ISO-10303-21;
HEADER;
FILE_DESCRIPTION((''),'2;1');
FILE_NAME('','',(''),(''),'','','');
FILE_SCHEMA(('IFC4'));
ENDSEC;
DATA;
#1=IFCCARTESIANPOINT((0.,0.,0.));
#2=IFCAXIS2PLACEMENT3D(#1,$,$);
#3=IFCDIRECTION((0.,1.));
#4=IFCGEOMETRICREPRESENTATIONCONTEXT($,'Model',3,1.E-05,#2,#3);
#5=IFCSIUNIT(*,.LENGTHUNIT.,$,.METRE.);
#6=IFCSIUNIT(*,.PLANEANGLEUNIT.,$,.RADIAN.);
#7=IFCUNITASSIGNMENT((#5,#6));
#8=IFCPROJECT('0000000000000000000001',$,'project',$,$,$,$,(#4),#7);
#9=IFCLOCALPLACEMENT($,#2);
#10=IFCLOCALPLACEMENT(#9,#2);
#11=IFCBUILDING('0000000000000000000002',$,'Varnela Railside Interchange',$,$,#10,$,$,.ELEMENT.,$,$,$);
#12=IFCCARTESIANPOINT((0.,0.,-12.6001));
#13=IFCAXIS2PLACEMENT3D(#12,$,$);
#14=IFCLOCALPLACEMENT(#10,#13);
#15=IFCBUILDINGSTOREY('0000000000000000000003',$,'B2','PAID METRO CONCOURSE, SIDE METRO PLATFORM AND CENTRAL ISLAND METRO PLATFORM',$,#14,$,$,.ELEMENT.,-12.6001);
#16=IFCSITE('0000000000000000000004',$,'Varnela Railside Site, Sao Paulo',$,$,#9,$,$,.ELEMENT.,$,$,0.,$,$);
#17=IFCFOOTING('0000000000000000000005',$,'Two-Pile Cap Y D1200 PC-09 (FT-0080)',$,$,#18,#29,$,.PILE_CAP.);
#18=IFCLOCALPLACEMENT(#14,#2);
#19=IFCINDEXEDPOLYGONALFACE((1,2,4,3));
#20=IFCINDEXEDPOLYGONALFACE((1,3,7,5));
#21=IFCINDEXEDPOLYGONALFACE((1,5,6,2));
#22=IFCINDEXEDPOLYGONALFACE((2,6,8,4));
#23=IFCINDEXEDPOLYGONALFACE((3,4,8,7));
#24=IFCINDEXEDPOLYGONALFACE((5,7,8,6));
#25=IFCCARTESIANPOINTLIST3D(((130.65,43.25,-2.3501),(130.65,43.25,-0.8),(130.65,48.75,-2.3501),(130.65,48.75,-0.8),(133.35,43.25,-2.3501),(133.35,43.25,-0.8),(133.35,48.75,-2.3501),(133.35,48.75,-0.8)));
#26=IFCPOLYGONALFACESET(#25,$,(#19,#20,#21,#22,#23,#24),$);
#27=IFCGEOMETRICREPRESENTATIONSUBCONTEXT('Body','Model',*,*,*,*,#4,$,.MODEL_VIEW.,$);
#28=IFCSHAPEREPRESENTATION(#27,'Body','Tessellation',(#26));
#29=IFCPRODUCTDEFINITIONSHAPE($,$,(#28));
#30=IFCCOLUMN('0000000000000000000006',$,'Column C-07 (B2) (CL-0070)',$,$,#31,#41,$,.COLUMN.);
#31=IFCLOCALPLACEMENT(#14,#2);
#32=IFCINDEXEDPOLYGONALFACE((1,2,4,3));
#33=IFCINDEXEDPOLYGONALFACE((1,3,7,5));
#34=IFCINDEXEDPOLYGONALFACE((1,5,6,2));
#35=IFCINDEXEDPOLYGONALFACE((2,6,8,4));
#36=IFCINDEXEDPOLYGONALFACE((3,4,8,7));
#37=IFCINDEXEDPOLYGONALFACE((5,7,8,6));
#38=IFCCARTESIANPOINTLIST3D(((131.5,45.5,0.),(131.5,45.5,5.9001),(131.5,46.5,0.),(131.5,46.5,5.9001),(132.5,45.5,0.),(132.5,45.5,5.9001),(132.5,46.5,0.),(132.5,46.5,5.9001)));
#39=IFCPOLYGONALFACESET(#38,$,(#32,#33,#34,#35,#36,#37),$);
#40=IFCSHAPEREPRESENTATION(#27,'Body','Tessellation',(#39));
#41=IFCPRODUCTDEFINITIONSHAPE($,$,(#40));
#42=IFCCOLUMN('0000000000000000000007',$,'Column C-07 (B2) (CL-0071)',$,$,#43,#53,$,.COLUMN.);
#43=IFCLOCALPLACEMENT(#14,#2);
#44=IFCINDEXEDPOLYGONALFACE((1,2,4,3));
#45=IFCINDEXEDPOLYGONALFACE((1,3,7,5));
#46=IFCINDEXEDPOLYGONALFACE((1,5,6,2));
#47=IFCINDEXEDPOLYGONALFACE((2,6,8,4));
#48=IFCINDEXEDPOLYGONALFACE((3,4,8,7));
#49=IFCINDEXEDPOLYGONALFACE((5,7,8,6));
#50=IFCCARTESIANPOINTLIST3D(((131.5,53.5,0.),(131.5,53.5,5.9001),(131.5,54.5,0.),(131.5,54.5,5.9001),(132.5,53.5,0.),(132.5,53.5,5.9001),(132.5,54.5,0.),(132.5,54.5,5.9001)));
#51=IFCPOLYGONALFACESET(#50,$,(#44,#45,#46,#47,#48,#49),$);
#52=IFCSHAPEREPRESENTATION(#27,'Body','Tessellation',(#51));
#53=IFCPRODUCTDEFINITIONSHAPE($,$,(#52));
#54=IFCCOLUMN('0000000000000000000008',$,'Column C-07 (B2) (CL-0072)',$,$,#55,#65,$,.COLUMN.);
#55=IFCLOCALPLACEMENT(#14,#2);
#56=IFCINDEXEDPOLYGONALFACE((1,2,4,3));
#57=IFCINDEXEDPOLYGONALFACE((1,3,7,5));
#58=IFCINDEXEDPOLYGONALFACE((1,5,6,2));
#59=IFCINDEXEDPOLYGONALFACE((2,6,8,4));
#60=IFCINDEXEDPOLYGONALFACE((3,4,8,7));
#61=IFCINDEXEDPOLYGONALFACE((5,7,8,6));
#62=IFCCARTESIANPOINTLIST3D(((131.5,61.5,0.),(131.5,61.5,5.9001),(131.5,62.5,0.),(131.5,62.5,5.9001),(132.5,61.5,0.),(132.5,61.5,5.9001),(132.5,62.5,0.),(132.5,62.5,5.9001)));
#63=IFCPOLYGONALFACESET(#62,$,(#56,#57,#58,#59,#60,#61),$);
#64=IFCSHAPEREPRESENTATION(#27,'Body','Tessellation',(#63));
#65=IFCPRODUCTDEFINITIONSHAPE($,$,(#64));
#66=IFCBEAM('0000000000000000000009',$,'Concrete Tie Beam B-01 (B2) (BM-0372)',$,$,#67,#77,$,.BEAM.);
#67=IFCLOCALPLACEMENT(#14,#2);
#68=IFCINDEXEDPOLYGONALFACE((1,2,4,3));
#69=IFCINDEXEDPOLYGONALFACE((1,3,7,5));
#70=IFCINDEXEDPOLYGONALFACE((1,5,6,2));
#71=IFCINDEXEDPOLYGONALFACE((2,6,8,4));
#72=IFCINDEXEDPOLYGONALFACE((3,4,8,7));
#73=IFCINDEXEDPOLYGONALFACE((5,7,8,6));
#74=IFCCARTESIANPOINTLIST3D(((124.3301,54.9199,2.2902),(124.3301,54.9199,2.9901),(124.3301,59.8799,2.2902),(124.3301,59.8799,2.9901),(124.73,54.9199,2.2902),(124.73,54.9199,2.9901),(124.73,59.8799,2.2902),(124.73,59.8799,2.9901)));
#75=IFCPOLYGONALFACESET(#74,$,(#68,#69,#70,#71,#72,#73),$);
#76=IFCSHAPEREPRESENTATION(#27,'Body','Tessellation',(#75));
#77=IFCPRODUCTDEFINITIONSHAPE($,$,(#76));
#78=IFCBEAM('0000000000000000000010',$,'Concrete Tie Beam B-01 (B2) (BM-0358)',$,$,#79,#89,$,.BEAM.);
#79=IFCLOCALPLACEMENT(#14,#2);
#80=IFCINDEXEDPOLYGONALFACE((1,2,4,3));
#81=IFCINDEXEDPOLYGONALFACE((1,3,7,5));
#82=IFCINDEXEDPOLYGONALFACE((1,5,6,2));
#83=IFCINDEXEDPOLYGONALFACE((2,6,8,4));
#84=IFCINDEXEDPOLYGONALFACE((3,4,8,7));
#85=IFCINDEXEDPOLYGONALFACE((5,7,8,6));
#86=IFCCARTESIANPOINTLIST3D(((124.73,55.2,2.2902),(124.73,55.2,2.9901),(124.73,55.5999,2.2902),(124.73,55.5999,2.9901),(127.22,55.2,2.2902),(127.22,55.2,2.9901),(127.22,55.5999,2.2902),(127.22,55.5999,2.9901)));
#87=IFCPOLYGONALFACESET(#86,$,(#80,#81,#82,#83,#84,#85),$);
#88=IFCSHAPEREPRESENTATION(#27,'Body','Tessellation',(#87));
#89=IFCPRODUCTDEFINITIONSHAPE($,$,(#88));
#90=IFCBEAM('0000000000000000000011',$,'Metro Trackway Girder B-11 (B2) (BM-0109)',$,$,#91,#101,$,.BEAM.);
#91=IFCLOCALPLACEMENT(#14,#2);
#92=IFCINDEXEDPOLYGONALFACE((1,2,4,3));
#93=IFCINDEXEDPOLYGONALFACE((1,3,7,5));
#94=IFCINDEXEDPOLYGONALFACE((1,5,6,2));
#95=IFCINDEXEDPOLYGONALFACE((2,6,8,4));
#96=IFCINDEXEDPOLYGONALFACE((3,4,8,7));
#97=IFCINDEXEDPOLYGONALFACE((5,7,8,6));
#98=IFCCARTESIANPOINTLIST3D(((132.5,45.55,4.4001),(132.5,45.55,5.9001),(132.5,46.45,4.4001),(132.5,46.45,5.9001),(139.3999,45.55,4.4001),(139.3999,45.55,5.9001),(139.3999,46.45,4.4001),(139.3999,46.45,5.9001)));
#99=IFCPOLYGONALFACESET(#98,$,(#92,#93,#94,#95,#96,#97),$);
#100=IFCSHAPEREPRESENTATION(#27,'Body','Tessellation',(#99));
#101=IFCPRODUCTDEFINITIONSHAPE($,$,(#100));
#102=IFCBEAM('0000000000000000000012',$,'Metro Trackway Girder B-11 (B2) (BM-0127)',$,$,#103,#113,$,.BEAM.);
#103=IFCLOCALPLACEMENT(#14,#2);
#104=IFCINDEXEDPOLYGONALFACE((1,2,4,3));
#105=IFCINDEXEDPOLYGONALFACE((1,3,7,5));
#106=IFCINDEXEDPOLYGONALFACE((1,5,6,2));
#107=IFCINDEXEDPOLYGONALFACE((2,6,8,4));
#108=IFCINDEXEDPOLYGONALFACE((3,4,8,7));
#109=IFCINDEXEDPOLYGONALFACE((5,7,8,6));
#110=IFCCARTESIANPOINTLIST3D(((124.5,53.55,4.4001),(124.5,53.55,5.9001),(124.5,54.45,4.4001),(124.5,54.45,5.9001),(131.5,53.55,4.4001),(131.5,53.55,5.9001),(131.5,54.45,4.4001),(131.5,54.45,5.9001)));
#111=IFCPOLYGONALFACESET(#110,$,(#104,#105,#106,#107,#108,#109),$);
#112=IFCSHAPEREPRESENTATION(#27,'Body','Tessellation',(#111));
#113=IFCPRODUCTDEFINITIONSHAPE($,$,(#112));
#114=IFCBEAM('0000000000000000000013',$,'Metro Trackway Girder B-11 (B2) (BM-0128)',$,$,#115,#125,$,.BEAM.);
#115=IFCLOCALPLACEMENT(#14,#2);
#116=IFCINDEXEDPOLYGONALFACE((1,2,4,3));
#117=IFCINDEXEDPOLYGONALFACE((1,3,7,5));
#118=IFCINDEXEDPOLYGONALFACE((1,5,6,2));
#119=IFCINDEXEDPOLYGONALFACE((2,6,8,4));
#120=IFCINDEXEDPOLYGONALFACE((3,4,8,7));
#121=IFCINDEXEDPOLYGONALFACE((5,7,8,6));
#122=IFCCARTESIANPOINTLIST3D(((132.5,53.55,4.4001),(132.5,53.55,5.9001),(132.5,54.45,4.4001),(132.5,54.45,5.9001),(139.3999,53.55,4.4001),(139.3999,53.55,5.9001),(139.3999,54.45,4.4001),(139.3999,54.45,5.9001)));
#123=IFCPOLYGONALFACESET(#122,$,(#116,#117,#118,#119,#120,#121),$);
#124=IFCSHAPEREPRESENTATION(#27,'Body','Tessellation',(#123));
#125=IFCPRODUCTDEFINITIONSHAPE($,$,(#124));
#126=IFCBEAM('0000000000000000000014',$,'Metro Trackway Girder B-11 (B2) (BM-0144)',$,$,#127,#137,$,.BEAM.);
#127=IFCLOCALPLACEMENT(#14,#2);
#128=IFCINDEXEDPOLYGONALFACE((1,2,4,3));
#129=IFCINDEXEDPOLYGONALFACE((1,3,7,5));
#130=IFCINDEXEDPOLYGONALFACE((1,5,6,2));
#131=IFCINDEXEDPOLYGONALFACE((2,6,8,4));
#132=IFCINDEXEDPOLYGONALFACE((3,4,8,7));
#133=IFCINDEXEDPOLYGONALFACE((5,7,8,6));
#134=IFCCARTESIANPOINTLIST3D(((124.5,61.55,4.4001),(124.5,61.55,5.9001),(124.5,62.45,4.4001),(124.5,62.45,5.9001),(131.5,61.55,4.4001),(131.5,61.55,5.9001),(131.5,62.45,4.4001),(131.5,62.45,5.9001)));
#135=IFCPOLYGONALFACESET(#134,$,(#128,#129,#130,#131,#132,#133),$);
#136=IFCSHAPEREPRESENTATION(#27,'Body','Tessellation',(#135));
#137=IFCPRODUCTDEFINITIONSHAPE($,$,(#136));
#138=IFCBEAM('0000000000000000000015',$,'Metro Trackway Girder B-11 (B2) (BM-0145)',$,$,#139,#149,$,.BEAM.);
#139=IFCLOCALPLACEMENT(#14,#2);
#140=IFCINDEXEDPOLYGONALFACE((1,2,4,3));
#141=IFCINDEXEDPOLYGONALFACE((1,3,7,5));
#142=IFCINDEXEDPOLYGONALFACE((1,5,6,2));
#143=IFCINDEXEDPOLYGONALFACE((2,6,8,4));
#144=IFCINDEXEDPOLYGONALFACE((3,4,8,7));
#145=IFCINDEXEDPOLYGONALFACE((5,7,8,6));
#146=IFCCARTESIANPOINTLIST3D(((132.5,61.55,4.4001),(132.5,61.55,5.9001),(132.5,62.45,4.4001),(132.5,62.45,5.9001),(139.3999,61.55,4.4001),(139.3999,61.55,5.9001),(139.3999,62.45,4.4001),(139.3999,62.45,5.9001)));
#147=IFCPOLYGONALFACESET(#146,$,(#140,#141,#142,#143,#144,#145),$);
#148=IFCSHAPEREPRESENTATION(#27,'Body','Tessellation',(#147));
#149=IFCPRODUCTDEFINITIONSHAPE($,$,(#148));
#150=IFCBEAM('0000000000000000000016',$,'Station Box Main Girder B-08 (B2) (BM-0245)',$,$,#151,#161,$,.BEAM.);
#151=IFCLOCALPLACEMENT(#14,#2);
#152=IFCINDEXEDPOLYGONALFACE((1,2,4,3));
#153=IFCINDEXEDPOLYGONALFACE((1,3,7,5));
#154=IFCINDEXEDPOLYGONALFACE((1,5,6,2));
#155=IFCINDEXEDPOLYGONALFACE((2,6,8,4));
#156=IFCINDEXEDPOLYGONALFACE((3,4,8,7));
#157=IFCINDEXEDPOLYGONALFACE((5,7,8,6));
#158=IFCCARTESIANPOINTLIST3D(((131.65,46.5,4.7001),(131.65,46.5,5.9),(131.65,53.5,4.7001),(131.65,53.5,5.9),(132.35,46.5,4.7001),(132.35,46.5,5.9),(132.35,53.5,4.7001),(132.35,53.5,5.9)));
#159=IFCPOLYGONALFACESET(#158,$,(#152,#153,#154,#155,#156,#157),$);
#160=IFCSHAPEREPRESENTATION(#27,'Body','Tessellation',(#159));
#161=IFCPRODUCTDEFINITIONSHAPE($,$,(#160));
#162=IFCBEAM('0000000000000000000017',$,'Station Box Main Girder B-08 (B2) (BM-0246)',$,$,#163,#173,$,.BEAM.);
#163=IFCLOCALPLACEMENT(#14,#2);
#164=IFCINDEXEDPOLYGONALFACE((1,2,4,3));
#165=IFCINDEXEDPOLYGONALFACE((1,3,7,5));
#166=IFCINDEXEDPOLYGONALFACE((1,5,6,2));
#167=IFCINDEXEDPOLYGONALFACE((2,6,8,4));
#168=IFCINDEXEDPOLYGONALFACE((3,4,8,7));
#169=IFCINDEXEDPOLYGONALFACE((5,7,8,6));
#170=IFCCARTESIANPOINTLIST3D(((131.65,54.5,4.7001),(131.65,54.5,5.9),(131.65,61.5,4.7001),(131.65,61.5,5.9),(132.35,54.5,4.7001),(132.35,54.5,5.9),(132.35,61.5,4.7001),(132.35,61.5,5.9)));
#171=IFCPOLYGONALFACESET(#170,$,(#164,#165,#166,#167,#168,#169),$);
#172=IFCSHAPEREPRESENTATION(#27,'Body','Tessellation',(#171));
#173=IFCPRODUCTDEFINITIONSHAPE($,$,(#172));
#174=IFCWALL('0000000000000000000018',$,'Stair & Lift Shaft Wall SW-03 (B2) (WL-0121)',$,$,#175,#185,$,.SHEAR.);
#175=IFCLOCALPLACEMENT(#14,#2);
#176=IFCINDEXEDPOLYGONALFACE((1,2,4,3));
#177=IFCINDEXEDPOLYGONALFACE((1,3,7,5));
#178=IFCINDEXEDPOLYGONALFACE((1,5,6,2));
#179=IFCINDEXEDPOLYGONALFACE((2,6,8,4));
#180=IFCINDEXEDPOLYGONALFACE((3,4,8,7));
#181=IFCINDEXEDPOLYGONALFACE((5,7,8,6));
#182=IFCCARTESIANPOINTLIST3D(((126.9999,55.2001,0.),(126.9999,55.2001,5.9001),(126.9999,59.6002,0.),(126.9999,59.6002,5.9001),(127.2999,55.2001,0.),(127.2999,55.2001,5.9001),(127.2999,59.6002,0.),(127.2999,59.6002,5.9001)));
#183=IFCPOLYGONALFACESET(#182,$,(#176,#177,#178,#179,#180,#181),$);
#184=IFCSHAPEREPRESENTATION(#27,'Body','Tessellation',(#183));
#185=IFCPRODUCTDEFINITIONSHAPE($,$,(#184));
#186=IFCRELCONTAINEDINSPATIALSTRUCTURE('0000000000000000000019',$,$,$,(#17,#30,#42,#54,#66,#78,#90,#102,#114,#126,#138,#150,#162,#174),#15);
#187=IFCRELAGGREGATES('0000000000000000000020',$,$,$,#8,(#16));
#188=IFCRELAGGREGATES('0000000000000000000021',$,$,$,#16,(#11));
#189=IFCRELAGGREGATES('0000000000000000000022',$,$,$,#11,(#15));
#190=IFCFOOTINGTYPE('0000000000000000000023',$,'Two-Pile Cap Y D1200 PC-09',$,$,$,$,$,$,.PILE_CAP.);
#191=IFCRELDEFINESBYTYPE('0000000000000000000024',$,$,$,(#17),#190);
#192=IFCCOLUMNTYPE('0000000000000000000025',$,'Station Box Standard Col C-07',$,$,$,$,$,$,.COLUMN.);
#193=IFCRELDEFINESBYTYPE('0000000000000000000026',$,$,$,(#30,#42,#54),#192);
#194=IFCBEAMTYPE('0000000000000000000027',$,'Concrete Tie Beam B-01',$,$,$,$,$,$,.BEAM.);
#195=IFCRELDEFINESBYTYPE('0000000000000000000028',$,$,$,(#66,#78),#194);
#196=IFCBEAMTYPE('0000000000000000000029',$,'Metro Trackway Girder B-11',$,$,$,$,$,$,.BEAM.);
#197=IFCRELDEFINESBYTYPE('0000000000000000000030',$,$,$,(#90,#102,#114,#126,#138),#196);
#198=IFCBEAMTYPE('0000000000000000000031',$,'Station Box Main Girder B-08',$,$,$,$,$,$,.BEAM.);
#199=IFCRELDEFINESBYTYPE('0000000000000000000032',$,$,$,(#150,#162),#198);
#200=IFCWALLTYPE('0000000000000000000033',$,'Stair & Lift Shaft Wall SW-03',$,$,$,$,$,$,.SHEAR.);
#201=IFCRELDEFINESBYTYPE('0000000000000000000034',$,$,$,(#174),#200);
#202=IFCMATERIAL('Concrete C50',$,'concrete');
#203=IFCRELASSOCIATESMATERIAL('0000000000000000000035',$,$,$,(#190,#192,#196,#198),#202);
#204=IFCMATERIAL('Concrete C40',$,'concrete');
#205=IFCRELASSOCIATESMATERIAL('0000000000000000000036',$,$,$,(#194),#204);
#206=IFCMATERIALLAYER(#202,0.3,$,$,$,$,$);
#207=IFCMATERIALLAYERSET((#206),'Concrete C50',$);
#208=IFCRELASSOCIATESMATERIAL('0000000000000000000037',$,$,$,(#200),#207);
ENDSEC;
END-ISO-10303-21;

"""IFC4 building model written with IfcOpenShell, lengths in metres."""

from ifc_helpers import new_model, si_unit, direction, frame, frame_2d, origin, origin_2d, place, context, subcontext, project, spatial, rectangle, extrude, material, layer, layer_set, material_profile, profile_set, type_object, element, save


model = new_model("IFC4")

# Units and contexts
model_context = context("Model", 3, precision=1e-05, world=origin(), true_north=direction((0.0, 1.0)))
body_context = subcontext(model_context, "Body", "Model", "MODEL_VIEW")
ifc_project = project(units=[si_unit("LENGTHUNIT", "METRE"), si_unit("PLANEANGLEUNIT", "RADIAN")], contexts=[model_context])

# Site, building, storey
site_placement = place(None, origin())
site = spatial("IfcSite", under=ifc_project, at=site_placement, Name="Varnela Railside Site, Sao Paulo", CompositionType="ELEMENT", RefElevation=0.0)
building_placement = place(site_placement, origin())
building = spatial("IfcBuilding", under=site, at=building_placement, Name="Varnela Railside Interchange", CompositionType="ELEMENT")
storey_placement = place(building_placement, frame((0.0, 0.0, -12.6001)))
storey = spatial("IfcBuildingStorey", under=building, at=storey_placement, Name="B2", Description="PAID METRO CONCOURSE, SIDE METRO PLATFORM AND CENTRAL ISLAND METRO PLATFORM", CompositionType="ELEMENT", Elevation=-12.6001)

# Shared definitions
ifc_material_1 = material(Name="Concrete C40", Category="concrete")

# Footing
ifc_material_2 = material(Name="Concrete C50", Category="concrete")
footing_type_1 = type_object("IfcFootingType", Name="Two-Pile Cap Y D1200 PC-09", PredefinedType="PILE_CAP", material=ifc_material_2)
footing_1_placement = place(storey_placement, frame((132.0, 46.0, -2.3501), z_axis=(0.0, 0.0, 1.0), x_axis=(1.0, 0.0, 0.0)))
element("IfcFooting", 1, at=footing_1_placement, inside=storey, type_object=footing_type_1, Name="Two-Pile Cap Y D1200 PC-09 (FT-0080)", PredefinedType="PILE_CAP", context=body_context, shape_type="SweptSolid", body=[
    extrude(rectangle(XDim=2.7, YDim=5.5, at=origin_2d()), origin(), (0.0, 0.0, 1.0), 1.55),
])

# Columns
ifc_material_profile_1 = material_profile(ifc_material_2, rectangle(XDim=1.0, YDim=1.0, at=origin_2d()), Name="RC 1000x1000")
ifc_profile_set_1 = profile_set([ifc_material_profile_1], Name="Concrete C50")
column_type = type_object("IfcColumnType", Name="Station Box Standard Col C-07", PredefinedType="COLUMN", material=ifc_profile_set_1)
for number, where, z_axis, x_axis, name in (
    (2, (132.0, 46.0, 0.0), (0.0, 0.0, 1.0), (1.0, 0.0, 0.0), "Column C-07 (B2) (CL-0070)"),
    (3, (132.0, 54.0, 0.0), (0.0, 0.0, 1.0), (1.0, 0.0, 0.0), "Column C-07 (B2) (CL-0071)"),
    (4, (132.0, 62.0, 0.0), (0.0, 0.0, 1.0), (1.0, 0.0, 0.0), "Column C-07 (B2) (CL-0072)"),
):
    element("IfcColumn", number, at=place(storey_placement, frame(where, z_axis=z_axis, x_axis=x_axis)), inside=storey, type_object=column_type, Name=name, PredefinedType="COLUMN", context=body_context, shape_type="SweptSolid", body=[
        extrude(rectangle(XDim=1.0, YDim=1.0, at=origin_2d()), origin(), (0.0, 0.0, 1.0), 5.9001),
    ])

# Beams
ifc_material_profile_2 = material_profile(ifc_material_1, rectangle(XDim=0.3999, YDim=0.7, at=origin_2d()), Name="RC 400x700")
ifc_profile_set_2 = profile_set([ifc_material_profile_2], Name="Concrete C40")
beam_type_1 = type_object("IfcBeamType", Name="Concrete Tie Beam B-01", PredefinedType="BEAM", material=ifc_profile_set_2)
beam_1_placement = place(storey_placement, frame((124.53, 54.9199, 2.6401), z_axis=(0.0, 1.0, 0.0), x_axis=(-1.0, 0.0, 0.0)))
element("IfcBeam", 5, at=beam_1_placement, inside=storey, type_object=beam_type_1, Name="Concrete Tie Beam B-01 (B2) (BM-0372)", PredefinedType="BEAM", context=body_context, shape_type="SweptSolid", body=[
    extrude(rectangle(XDim=0.3999, YDim=0.7, at=origin_2d()), origin(), (0.0, 0.0, 1.0), 4.96),
])
beam_2_placement = place(storey_placement, frame((124.73, 55.3999, 2.6401), z_axis=(1.0, 0.0, 0.0), x_axis=(0.0, 1.0, 0.0)))
element("IfcBeam", 6, at=beam_2_placement, inside=storey, type_object=beam_type_1, Name="Concrete Tie Beam B-01 (B2) (BM-0358)", PredefinedType="BEAM", context=body_context, shape_type="SweptSolid", body=[
    extrude(rectangle(XDim=0.3999, YDim=0.7, at=origin_2d()), origin(), (0.0, 0.0, 1.0), 2.49),
])
ifc_material_profile_3 = material_profile(ifc_material_2, rectangle(XDim=0.8999, YDim=1.5, at=origin_2d()), Name="RC 900x1500")
ifc_profile_set_3 = profile_set([ifc_material_profile_3], Name="Concrete C50")
beam_type_2 = type_object("IfcBeamType", Name="Metro Trackway Girder B-11", PredefinedType="BEAM", material=ifc_profile_set_3)
beam_3_placement = place(storey_placement, frame((132.5, 46.0, 5.1501), z_axis=(1.0, 0.0, 0.0), x_axis=(0.0, 1.0, 0.0)))
element("IfcBeam", 7, at=beam_3_placement, inside=storey, type_object=beam_type_2, Name="Metro Trackway Girder B-11 (B2) (BM-0109)", PredefinedType="BEAM", context=body_context, shape_type="SweptSolid", body=[
    extrude(rectangle(XDim=0.8999, YDim=1.5, at=origin_2d()), origin(), (0.0, 0.0, 1.0), 6.8999),
])
beam_4_placement = place(storey_placement, frame((124.5, 54.0, 5.1501), z_axis=(1.0, 0.0, 0.0), x_axis=(0.0, 1.0, 0.0)))
element("IfcBeam", 8, at=beam_4_placement, inside=storey, type_object=beam_type_2, Name="Metro Trackway Girder B-11 (B2) (BM-0127)", PredefinedType="BEAM", context=body_context, shape_type="SweptSolid", body=[
    extrude(rectangle(XDim=0.8999, YDim=1.5, at=origin_2d()), origin(), (0.0, 0.0, 1.0), 7.0),
])
beam_5_placement = place(storey_placement, frame((132.5, 54.0, 5.1501), z_axis=(1.0, 0.0, 0.0), x_axis=(0.0, 1.0, 0.0)))
element("IfcBeam", 9, at=beam_5_placement, inside=storey, type_object=beam_type_2, Name="Metro Trackway Girder B-11 (B2) (BM-0128)", PredefinedType="BEAM", context=body_context, shape_type="SweptSolid", body=[
    extrude(rectangle(XDim=0.8999, YDim=1.5, at=origin_2d()), origin(), (0.0, 0.0, 1.0), 6.8999),
])
beam_6_placement = place(storey_placement, frame((124.5, 62.0, 5.1501), z_axis=(1.0, 0.0, 0.0), x_axis=(0.0, 1.0, 0.0)))
element("IfcBeam", 10, at=beam_6_placement, inside=storey, type_object=beam_type_2, Name="Metro Trackway Girder B-11 (B2) (BM-0144)", PredefinedType="BEAM", context=body_context, shape_type="SweptSolid", body=[
    extrude(rectangle(XDim=0.8999, YDim=1.5, at=origin_2d()), origin(), (0.0, 0.0, 1.0), 7.0),
])
beam_7_placement = place(storey_placement, frame((132.5, 62.0, 5.1501), z_axis=(1.0, 0.0, 0.0), x_axis=(0.0, 1.0, 0.0)))
element("IfcBeam", 11, at=beam_7_placement, inside=storey, type_object=beam_type_2, Name="Metro Trackway Girder B-11 (B2) (BM-0145)", PredefinedType="BEAM", context=body_context, shape_type="SweptSolid", body=[
    extrude(rectangle(XDim=0.8999, YDim=1.5, at=origin_2d()), origin(), (0.0, 0.0, 1.0), 6.8999),
])
ifc_material_profile_4 = material_profile(ifc_material_2, rectangle(XDim=0.7, YDim=1.2, at=origin_2d()), Name="RC 700x1200")
ifc_profile_set_4 = profile_set([ifc_material_profile_4], Name="Concrete C50")
beam_type_3 = type_object("IfcBeamType", Name="Station Box Main Girder B-08", PredefinedType="BEAM", material=ifc_profile_set_4)
for number, where, z_axis, x_axis, name in (
    (12, (132.0, 46.5, 5.3), (0.0, 1.0, 0.0), (-1.0, 0.0, 0.0), "Station Box Main Girder B-08 (B2) (BM-0245)"),
    (13, (132.0, 54.5, 5.3), (0.0, 1.0, 0.0), (-1.0, 0.0, 0.0), "Station Box Main Girder B-08 (B2) (BM-0246)"),
):
    element("IfcBeam", number, at=place(storey_placement, frame(where, z_axis=z_axis, x_axis=x_axis)), inside=storey, type_object=beam_type_3, Name=name, PredefinedType="BEAM", context=body_context, shape_type="SweptSolid", body=[
        extrude(rectangle(XDim=0.7, YDim=1.2, at=origin_2d()), origin(), (0.0, 0.0, 1.0), 7.0),
    ])

# Wall
ifc_layer = layer(ifc_material_2, 0.3)
ifc_layer_set = layer_set([ifc_layer], Name="Concrete C50")
wall_type = type_object("IfcWallType", Name="Stair & Lift Shaft Wall SW-03", PredefinedType="SHEAR", material=ifc_layer_set)
wall_placement = place(storey_placement, frame((127.1499, 55.2, 0.0), z_axis=(0.0, 0.0, 1.0), x_axis=(0.0, 1.0, 0.0)))
element("IfcWall", 14, at=wall_placement, inside=storey, type_object=wall_type, Name="Stair & Lift Shaft Wall SW-03 (B2) (WL-0121)", PredefinedType="SHEAR", context=body_context, shape_type="SweptSolid", body=[
    extrude(rectangle(XDim=4.4001, YDim=0.3, at=frame_2d((2.2002, 0.0))), origin(), (0.0, 0.0, 1.0), 5.9001),
])

save(model, "model.ifc")
